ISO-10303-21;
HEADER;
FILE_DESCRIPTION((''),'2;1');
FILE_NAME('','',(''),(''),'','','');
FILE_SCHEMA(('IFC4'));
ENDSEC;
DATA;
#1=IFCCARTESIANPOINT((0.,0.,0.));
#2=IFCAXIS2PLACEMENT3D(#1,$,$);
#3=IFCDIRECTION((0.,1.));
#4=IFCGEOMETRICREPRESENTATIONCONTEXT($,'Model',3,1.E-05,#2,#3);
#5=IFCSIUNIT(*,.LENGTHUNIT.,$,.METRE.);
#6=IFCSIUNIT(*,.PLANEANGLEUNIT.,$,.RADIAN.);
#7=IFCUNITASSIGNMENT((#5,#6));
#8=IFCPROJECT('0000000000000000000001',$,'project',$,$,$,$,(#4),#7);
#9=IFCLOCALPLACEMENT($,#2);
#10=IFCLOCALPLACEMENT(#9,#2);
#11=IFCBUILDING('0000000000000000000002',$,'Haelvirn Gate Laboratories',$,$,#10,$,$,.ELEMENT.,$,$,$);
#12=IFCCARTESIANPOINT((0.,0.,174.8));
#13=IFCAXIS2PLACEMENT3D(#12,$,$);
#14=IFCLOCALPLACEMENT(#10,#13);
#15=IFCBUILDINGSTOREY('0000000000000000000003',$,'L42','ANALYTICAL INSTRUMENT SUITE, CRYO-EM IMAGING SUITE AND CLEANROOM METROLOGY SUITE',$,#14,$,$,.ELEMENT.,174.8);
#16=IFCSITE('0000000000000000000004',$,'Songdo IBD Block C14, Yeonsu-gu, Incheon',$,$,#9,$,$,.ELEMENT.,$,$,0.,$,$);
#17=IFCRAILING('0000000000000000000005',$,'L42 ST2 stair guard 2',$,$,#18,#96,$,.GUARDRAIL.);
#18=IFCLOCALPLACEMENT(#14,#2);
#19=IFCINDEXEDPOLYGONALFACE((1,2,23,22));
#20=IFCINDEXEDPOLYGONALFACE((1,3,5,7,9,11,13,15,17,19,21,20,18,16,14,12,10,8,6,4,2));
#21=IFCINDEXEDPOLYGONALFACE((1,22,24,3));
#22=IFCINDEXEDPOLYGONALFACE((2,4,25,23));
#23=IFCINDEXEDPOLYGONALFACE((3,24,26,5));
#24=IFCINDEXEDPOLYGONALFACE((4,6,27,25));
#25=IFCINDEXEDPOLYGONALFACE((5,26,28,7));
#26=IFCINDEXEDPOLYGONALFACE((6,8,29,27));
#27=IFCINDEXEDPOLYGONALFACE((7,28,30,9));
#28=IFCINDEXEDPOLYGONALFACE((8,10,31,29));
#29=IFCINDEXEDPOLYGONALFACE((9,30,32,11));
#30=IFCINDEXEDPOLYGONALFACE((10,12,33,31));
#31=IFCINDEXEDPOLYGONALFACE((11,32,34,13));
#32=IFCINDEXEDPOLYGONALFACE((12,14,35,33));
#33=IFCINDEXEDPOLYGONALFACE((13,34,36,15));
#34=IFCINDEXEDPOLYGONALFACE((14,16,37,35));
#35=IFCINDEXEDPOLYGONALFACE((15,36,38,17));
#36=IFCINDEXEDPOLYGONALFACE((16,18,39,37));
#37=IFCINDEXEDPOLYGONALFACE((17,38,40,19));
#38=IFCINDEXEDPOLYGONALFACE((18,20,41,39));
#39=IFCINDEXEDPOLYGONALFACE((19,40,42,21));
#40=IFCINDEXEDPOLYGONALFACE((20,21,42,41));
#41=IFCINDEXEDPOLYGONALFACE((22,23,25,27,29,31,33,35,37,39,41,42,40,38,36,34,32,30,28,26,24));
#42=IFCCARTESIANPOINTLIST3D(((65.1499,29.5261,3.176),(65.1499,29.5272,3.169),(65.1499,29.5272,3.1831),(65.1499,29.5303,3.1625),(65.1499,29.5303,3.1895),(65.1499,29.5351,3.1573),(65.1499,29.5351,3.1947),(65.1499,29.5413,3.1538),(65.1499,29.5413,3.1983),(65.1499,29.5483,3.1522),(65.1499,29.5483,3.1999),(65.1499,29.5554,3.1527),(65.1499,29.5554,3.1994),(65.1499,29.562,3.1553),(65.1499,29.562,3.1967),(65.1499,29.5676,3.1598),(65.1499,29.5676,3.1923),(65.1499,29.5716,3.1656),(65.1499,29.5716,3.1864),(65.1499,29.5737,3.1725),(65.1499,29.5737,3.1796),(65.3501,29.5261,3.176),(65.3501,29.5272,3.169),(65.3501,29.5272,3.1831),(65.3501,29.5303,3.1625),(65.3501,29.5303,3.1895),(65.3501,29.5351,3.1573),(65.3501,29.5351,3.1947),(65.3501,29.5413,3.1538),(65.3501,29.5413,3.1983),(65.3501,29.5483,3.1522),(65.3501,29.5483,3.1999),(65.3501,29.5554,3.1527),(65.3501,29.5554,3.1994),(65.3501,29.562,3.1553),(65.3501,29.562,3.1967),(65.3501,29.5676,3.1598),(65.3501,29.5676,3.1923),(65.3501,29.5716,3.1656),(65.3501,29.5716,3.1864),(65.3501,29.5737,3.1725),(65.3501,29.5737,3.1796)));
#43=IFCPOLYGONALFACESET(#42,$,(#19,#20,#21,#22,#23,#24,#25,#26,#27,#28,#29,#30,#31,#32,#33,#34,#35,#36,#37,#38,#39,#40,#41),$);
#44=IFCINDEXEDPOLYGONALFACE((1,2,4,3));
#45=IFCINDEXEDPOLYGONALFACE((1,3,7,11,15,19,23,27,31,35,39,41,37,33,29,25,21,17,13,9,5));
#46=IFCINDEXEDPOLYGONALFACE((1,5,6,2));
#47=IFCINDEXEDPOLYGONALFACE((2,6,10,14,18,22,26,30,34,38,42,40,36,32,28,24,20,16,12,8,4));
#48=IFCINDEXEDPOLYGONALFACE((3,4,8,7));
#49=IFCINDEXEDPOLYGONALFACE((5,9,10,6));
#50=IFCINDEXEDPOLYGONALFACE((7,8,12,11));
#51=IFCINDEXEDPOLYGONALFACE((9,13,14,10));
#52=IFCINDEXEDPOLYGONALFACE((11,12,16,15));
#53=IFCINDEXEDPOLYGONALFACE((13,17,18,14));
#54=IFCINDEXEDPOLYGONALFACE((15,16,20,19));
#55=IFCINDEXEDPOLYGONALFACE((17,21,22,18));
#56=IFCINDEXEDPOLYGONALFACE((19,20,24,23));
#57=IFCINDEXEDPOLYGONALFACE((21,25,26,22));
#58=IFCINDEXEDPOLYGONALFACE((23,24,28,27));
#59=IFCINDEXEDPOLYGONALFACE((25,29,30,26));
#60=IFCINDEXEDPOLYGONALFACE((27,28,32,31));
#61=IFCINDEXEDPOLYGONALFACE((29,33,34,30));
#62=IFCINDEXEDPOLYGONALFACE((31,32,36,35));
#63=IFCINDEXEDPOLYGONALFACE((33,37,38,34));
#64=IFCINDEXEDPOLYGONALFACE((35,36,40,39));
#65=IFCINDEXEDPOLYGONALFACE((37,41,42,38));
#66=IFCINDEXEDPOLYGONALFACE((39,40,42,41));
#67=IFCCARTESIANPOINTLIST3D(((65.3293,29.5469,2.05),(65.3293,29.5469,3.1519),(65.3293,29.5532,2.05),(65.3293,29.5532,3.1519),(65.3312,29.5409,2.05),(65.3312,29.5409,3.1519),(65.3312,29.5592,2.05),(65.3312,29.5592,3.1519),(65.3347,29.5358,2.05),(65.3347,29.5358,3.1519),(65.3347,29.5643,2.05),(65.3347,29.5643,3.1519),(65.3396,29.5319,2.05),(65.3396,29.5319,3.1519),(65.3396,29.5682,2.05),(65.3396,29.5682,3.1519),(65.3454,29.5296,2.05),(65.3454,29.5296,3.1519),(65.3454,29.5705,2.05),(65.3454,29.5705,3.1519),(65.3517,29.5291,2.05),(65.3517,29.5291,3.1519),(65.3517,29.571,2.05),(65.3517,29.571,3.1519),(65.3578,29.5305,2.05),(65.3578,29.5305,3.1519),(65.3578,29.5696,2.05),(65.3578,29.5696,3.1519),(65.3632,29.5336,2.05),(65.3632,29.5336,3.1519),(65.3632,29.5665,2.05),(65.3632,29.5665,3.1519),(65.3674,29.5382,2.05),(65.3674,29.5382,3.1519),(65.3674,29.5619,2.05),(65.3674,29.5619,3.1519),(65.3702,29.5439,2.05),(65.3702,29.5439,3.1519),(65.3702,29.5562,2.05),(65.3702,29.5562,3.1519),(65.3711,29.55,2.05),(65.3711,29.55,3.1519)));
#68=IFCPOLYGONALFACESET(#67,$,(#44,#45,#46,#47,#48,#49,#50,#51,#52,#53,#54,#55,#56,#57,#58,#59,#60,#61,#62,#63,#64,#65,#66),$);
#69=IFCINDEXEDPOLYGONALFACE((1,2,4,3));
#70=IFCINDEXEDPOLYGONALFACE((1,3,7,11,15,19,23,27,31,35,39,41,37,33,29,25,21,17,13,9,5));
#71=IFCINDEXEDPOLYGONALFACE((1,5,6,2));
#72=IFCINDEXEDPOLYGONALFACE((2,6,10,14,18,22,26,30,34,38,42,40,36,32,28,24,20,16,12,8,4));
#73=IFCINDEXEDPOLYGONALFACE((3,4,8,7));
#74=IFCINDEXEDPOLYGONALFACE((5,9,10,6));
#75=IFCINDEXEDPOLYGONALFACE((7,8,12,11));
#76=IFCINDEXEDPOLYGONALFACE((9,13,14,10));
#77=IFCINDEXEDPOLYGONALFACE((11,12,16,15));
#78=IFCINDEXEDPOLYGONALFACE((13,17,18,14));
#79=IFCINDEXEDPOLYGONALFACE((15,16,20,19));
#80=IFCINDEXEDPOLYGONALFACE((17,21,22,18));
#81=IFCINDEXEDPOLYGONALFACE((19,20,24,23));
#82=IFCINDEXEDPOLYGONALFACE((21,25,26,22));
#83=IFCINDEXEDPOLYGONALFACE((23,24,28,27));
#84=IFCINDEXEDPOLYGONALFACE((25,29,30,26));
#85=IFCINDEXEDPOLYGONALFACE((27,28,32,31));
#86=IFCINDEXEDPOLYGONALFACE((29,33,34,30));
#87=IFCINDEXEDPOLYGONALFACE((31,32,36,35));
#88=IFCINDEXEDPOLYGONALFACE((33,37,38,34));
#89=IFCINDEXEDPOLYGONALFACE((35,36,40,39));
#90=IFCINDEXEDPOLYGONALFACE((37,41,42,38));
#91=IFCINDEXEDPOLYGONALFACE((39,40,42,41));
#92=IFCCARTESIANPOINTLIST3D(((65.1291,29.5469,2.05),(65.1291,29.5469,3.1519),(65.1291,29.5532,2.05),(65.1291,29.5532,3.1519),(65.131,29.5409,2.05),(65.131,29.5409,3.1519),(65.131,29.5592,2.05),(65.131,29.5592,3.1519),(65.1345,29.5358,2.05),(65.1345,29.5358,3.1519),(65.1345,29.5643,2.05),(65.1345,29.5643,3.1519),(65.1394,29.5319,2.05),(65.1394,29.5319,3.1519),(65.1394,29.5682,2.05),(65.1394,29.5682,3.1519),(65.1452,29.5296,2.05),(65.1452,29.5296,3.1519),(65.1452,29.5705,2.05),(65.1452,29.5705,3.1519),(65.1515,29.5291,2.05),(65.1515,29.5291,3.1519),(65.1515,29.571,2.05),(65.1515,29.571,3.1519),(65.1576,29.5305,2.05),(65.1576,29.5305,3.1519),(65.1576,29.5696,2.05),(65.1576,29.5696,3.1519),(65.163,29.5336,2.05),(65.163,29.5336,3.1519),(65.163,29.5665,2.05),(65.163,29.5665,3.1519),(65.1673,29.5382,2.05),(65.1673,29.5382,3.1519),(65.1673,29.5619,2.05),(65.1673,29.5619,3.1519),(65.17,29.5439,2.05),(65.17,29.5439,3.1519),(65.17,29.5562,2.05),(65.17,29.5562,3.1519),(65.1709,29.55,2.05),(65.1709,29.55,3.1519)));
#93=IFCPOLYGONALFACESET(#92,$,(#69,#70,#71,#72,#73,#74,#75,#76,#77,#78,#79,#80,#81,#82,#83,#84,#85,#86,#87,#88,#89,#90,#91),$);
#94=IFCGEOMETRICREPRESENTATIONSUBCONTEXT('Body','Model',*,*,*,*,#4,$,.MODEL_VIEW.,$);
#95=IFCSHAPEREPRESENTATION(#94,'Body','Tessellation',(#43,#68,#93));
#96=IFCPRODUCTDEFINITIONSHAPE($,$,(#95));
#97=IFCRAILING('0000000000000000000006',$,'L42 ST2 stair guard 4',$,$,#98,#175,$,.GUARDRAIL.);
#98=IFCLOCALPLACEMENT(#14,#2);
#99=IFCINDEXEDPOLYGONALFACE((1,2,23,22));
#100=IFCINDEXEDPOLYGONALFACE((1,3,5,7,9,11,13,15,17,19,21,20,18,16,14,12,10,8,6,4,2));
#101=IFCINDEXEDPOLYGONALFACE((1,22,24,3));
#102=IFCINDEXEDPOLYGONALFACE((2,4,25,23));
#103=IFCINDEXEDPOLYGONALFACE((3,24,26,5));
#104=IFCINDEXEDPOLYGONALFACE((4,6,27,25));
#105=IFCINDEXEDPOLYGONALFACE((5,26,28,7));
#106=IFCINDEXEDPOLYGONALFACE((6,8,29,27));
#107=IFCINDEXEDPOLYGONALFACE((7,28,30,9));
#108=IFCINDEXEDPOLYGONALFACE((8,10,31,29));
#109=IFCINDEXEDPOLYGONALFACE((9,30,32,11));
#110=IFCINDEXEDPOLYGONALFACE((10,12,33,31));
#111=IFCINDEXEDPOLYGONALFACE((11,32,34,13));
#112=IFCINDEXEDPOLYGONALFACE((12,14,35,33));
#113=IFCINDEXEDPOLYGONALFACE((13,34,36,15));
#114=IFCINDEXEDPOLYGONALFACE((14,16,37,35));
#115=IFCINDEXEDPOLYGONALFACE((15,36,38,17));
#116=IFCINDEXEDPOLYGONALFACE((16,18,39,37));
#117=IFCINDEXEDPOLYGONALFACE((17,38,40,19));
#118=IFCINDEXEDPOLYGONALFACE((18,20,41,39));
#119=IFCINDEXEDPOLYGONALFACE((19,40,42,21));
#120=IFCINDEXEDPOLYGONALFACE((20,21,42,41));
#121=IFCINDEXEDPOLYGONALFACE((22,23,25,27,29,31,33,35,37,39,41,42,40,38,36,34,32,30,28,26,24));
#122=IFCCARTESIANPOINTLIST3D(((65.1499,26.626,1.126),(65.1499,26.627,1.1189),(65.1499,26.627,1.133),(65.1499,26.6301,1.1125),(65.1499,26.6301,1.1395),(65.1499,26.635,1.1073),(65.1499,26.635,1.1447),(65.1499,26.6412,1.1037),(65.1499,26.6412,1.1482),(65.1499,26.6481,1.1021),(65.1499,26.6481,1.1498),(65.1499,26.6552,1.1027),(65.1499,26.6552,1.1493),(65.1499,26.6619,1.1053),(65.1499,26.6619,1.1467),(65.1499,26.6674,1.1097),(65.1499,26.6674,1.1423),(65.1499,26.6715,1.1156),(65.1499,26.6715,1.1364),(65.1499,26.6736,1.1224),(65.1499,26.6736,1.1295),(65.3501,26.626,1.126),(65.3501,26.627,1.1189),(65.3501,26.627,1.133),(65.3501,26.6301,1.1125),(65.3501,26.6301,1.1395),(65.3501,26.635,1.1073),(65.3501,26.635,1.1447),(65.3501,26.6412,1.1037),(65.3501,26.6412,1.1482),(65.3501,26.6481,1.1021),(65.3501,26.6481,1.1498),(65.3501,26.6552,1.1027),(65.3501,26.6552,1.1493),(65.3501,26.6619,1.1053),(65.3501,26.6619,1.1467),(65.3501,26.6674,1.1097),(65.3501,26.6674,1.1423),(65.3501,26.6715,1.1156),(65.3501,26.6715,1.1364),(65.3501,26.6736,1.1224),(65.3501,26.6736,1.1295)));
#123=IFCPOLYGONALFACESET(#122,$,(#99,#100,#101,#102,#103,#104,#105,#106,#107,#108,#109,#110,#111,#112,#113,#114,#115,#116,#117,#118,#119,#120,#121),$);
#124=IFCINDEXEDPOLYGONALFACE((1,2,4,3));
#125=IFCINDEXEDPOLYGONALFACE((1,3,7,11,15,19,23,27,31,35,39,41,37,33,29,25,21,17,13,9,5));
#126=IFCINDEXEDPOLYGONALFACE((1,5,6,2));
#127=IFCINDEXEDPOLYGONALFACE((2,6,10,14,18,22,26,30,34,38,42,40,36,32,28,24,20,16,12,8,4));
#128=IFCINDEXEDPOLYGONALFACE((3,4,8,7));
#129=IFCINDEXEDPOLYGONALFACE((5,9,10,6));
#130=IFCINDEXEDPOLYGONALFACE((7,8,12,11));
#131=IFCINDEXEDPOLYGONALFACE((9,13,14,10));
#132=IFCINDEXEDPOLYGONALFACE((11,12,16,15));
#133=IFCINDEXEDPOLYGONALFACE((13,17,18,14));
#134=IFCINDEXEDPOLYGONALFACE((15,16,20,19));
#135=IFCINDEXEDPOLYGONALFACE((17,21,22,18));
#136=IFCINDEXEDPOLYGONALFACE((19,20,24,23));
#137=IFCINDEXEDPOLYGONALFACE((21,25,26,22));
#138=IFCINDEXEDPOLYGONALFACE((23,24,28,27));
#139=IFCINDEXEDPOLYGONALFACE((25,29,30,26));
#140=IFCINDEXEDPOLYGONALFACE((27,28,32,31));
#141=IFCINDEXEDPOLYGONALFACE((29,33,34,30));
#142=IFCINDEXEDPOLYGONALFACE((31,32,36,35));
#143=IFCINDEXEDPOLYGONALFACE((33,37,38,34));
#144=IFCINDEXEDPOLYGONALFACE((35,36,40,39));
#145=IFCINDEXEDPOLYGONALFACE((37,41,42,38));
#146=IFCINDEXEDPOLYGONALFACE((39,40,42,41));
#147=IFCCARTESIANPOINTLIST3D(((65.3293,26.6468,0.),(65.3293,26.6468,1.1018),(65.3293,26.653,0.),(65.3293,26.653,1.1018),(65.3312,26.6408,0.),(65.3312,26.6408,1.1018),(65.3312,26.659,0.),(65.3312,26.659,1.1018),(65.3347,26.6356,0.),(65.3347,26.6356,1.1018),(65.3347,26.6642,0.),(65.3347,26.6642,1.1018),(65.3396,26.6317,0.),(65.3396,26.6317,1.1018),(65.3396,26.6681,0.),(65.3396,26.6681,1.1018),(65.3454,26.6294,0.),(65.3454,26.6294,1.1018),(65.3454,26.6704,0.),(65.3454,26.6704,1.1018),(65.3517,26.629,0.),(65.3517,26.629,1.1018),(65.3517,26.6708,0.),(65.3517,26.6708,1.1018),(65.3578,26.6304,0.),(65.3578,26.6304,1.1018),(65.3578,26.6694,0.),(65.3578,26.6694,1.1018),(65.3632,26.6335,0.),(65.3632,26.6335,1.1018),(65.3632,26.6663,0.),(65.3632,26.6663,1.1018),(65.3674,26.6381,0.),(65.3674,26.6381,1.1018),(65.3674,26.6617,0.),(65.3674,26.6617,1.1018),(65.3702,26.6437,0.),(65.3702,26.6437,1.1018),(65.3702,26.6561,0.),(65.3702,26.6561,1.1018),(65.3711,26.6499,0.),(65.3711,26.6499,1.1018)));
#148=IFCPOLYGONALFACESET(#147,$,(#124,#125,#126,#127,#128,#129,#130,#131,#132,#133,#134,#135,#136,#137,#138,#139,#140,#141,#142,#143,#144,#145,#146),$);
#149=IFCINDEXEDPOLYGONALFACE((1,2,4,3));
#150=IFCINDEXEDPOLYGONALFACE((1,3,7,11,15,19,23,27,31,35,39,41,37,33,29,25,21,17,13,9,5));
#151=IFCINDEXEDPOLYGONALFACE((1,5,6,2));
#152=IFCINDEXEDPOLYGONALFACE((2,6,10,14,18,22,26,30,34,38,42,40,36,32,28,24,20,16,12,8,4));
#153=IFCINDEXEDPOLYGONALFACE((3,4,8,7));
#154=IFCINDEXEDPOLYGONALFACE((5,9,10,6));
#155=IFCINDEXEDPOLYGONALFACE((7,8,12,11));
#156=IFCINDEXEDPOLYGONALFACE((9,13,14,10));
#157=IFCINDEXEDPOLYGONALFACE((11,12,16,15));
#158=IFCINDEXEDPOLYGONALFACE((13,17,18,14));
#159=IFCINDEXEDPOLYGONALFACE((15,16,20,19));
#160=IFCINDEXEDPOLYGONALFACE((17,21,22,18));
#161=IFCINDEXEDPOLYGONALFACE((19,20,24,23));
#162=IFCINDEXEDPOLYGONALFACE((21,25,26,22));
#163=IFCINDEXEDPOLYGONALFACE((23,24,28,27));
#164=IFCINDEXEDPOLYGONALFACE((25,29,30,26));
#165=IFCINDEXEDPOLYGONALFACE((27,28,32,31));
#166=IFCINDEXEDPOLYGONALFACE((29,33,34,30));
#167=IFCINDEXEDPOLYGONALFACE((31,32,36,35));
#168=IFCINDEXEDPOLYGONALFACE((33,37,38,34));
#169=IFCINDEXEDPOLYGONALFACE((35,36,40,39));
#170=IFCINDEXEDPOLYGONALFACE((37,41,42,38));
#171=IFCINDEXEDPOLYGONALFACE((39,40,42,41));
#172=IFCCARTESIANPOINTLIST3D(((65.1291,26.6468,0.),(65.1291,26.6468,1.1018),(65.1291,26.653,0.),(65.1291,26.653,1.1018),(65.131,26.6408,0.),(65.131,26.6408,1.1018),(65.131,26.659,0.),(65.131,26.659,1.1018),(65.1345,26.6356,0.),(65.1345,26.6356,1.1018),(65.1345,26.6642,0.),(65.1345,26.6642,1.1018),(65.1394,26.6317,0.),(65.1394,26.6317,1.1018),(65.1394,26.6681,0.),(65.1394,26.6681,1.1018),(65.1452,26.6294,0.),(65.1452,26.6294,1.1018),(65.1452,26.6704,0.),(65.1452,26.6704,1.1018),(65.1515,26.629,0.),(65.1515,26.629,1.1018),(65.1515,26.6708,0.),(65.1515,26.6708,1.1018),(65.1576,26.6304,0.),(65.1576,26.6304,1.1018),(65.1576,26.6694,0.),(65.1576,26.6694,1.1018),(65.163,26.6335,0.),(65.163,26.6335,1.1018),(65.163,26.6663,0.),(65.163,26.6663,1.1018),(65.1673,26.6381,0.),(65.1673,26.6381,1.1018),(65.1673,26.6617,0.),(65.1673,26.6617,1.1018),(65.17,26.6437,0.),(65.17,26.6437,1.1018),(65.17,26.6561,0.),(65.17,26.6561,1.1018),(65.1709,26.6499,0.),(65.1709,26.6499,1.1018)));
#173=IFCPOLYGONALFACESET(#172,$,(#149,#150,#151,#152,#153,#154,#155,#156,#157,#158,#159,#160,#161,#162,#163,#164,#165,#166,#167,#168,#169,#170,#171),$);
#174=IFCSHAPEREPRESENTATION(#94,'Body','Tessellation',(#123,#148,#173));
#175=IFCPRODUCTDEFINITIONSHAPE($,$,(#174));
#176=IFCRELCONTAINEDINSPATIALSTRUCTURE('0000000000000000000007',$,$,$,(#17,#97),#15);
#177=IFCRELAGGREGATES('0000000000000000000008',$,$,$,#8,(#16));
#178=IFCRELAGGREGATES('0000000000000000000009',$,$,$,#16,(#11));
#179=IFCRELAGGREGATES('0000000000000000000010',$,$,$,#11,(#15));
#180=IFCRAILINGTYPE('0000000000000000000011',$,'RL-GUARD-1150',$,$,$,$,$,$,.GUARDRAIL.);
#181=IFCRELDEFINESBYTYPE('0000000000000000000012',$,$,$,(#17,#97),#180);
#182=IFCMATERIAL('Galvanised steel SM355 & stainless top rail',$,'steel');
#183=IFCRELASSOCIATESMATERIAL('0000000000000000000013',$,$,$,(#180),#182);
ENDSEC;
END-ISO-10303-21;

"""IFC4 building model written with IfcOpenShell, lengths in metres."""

from ifc_helpers import new_model, si_unit, direction, frame, origin, origin_2d, place, context, subcontext, project, spatial, circle, extrude, source, transform, mapped, material, type_object, element, save


model = new_model("IFC4")

# Units and contexts
model_context = context("Model", 3, precision=1e-05, world=origin(), true_north=direction((0.0, 1.0)))
body_context = subcontext(model_context, "Body", "Model", "MODEL_VIEW")
ifc_project = project(units=[si_unit("LENGTHUNIT", "METRE"), si_unit("PLANEANGLEUNIT", "RADIAN")], contexts=[model_context])

# Site, building, storey
site_placement = place(None, origin())
site = spatial("IfcSite", under=ifc_project, at=site_placement, Name="Songdo IBD Block C14, Yeonsu-gu, Incheon", CompositionType="ELEMENT", RefElevation=0.0)
building_placement = place(site_placement, origin())
building = spatial("IfcBuilding", under=site, at=building_placement, Name="Haelvirn Gate Laboratories", CompositionType="ELEMENT")
storey_placement = place(building_placement, frame((0.0, 0.0, 174.8)))
storey = spatial("IfcBuildingStorey", under=building, at=storey_placement, Name="L42", Description="ANALYTICAL INSTRUMENT SUITE, CRYO-EM IMAGING SUITE AND CLEANROOM METROLOGY SUITE", CompositionType="ELEMENT", Elevation=174.8)

# Railings
ifc_material_1 = material(Name="Galvanised steel SM355 & stainless top rail", Category="steel")
railing_type_1 = type_object("IfcRailingType", Name="RL-GUARD-1150", PredefinedType="GUARDRAIL", material=ifc_material_1)
shared_shape_1 = source(origin(), body_context, "Body", "SweptSolid", [
    extrude(circle(Radius=0.0239, at=origin_2d()), frame((0.0, 0.0, 1.126), z_axis=(-1.0, 0.0, 0.0), x_axis=(0.0, -1.0, 0.0)), (0.0, 0.0, 1.0), 0.2002),
    extrude(circle(Radius=0.021, at=origin_2d()), origin(), (0.0, 0.0, 1.0), 1.1018),
    extrude(circle(Radius=0.021, at=origin_2d()), frame((-0.2002, 0.0, 0.0)), (0.0, 0.0, 1.0), 1.1018),
])
for number, where, name in (
    (1, (65.3501, 29.55, 2.05), "L42 ST2 stair guard 2"),
    (2, (65.3501, 26.6499, 0.0), "L42 ST2 stair guard 4"),
):
    element("IfcRailing", number, at=place(storey_placement, frame(where)), inside=storey, type_object=railing_type_1, Name=name, PredefinedType="GUARDRAIL", context=body_context, shape_type="MappedRepresentation", body=[
        mapped(shared_shape_1, transform((0.0, 0.0, 0.0), scale=1.0)),
    ])

save(model, "model.ifc")
